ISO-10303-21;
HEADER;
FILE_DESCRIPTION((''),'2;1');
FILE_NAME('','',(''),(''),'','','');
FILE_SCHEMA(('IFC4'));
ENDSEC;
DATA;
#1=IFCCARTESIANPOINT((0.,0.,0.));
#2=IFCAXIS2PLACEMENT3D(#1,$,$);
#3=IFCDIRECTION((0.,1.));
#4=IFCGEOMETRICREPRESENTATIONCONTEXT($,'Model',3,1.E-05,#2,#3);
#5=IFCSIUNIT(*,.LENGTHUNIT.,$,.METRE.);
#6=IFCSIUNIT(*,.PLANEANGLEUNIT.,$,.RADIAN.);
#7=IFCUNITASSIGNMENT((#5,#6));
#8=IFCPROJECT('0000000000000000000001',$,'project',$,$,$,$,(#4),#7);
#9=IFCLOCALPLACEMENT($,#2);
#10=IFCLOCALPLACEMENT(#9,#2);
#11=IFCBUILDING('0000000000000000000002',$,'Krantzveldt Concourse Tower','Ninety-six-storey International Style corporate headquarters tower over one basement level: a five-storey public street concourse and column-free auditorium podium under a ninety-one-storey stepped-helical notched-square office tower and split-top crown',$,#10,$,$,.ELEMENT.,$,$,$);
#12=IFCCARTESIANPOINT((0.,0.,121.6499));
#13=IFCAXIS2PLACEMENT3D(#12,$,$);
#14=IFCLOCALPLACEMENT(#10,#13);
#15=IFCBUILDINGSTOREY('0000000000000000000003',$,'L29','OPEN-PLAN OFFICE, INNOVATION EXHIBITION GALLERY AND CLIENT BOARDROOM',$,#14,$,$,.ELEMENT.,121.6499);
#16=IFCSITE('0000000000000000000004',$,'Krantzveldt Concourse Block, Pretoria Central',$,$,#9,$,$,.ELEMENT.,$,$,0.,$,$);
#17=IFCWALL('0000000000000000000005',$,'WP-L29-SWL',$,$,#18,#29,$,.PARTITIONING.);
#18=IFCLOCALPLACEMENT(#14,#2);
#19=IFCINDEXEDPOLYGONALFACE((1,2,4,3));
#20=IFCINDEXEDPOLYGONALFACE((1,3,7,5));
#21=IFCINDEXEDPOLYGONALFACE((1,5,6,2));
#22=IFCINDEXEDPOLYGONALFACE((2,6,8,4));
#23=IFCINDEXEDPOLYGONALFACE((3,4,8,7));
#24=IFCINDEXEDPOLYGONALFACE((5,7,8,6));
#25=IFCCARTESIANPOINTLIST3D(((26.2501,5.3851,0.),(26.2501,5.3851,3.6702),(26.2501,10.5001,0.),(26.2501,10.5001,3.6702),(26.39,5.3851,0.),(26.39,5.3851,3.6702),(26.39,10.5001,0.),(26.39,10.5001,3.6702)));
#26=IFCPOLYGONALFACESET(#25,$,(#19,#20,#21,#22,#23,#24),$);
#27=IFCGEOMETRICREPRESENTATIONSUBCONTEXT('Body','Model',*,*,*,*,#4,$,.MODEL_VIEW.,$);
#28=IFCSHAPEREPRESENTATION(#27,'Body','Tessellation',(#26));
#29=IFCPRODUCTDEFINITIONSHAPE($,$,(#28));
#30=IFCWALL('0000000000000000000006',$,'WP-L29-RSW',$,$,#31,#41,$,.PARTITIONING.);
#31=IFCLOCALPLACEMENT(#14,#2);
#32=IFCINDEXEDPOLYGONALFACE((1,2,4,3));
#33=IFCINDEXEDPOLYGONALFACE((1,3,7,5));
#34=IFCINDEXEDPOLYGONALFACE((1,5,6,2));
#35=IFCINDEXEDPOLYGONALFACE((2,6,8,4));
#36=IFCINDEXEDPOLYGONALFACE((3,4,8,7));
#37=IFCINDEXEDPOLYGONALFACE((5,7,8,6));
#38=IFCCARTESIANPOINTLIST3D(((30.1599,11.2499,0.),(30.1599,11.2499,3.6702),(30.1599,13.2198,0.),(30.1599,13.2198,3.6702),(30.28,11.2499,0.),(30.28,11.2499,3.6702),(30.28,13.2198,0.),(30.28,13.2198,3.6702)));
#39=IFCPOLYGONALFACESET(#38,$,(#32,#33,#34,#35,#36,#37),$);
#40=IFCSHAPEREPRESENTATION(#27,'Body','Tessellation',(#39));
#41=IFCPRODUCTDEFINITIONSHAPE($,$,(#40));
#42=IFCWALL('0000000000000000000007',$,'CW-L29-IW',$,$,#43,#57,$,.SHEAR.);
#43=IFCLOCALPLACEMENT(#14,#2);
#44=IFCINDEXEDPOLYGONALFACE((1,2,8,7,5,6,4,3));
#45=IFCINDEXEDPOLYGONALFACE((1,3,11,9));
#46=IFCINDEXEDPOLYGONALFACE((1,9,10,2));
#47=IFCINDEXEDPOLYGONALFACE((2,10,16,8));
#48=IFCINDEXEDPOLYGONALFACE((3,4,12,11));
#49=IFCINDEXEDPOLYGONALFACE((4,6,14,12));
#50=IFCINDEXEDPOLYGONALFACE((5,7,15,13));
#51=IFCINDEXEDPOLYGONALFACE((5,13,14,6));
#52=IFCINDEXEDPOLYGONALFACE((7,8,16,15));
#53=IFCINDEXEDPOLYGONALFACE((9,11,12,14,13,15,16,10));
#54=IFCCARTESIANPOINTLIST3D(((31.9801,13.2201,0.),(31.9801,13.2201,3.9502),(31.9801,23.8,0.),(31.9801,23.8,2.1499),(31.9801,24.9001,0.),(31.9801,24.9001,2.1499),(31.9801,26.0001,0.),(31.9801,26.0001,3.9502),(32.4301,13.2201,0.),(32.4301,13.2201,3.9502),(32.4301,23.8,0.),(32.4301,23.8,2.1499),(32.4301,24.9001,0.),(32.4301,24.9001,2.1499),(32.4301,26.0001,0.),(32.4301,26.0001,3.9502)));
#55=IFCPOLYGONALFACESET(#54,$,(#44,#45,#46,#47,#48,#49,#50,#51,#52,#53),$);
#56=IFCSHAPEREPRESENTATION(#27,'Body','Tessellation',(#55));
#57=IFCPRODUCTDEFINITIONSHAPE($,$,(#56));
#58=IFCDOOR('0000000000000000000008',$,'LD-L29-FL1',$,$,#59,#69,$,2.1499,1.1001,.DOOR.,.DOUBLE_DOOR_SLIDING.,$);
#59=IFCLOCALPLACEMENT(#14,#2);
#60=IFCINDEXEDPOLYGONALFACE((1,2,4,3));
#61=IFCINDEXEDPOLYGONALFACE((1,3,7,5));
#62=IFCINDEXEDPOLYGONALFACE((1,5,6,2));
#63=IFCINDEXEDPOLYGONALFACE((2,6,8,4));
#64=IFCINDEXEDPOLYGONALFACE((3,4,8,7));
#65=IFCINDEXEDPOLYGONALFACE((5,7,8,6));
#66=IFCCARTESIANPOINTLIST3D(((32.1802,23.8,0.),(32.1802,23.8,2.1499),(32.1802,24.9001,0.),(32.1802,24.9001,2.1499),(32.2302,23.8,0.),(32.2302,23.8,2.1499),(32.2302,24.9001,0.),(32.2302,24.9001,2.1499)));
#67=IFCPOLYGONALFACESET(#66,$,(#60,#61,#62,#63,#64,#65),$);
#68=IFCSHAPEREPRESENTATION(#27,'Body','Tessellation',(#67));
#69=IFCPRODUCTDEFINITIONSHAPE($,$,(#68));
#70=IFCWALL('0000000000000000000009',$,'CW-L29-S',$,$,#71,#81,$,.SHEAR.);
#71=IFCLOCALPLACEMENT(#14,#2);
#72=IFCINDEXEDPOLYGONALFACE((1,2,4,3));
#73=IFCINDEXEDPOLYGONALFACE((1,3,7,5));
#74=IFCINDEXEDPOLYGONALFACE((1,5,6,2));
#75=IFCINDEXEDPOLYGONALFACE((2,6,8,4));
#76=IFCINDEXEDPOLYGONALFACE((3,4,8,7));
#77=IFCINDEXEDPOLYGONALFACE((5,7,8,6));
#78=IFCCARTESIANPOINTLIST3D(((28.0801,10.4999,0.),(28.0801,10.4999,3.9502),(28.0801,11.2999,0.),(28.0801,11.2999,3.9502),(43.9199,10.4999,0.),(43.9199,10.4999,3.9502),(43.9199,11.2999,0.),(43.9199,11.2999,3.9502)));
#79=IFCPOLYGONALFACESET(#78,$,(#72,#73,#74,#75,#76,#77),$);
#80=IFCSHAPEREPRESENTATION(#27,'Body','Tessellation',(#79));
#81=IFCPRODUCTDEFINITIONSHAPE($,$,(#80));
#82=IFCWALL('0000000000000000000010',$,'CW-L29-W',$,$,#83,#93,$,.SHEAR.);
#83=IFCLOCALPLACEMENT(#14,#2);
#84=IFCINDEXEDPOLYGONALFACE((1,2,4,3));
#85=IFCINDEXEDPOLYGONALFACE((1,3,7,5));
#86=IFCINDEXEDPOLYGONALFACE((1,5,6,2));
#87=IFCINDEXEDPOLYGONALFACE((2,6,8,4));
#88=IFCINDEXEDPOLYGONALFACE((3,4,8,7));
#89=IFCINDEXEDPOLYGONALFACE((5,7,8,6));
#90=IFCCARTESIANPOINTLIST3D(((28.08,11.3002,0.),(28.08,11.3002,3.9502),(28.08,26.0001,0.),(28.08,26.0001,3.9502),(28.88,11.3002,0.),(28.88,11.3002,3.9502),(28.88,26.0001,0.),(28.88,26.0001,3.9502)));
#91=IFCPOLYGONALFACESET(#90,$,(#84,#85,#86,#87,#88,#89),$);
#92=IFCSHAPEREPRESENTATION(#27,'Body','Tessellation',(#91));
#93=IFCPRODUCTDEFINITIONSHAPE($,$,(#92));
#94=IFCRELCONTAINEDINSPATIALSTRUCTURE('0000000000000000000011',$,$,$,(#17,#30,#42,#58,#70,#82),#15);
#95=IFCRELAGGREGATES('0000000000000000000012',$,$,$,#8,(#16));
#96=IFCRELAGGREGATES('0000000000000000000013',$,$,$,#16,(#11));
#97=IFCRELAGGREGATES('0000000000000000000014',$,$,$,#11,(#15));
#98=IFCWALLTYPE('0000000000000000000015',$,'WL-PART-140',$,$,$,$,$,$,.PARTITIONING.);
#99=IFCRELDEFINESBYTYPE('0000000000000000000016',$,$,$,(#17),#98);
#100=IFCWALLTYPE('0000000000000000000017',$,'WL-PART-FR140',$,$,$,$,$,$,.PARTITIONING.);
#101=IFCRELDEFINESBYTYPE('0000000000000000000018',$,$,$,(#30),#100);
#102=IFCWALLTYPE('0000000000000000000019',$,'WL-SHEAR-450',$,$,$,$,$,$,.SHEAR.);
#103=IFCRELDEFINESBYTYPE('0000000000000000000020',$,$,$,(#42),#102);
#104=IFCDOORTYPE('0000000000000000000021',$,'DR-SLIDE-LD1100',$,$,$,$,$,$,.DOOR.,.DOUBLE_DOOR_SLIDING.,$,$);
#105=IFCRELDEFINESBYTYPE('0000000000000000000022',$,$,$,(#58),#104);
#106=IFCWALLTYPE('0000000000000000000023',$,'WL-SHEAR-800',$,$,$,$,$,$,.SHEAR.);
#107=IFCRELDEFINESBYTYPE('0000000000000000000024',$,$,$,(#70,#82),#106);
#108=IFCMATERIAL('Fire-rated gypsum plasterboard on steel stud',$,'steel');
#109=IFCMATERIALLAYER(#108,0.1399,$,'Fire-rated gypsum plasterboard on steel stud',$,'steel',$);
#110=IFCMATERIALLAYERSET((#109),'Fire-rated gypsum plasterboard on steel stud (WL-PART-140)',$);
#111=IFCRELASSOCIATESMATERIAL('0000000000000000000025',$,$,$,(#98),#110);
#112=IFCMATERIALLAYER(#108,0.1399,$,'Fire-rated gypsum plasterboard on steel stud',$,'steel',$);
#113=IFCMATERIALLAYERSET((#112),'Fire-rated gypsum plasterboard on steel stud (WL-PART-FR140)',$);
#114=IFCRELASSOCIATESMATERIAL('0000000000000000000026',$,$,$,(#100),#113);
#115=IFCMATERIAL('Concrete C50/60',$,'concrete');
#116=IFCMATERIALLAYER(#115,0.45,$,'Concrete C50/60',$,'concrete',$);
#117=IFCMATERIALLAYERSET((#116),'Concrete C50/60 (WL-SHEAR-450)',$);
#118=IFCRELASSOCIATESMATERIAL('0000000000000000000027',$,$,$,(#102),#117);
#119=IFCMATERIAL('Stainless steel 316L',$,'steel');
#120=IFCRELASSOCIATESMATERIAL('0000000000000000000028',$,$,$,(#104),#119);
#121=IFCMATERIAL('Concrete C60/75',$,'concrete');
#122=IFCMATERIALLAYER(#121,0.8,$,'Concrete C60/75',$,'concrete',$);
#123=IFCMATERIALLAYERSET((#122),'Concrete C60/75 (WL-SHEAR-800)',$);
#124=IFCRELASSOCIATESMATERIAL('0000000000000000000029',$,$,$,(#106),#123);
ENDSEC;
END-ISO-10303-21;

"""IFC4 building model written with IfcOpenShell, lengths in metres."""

from ifc_helpers import new_model, si_unit, direction, frame, frame_2d, origin, place, context, subcontext, project, spatial, rectangle, extrude, material, layer, layer_set, type_object, element, fill, save


model = new_model("IFC4")

# Units and contexts
model_context = context("Model", 3, precision=1e-05, world=origin(), true_north=direction((0.0, 1.0)))
body_context = subcontext(model_context, "Body", "Model", "MODEL_VIEW")
ifc_project = project(units=[si_unit("LENGTHUNIT", "METRE"), si_unit("PLANEANGLEUNIT", "RADIAN")], contexts=[model_context])

# Site, building, storey
site_placement = place(None, origin())
site = spatial("IfcSite", under=ifc_project, at=site_placement, Name="Krantzveldt Concourse Block, Pretoria Central", CompositionType="ELEMENT", RefElevation=0.0)
building_placement = place(site_placement, origin())
building = spatial("IfcBuilding", under=site, at=building_placement, Name="Krantzveldt Concourse Tower", Description="Ninety-six-storey International Style corporate headquarters tower over one basement level: a five-storey public street concourse and column-free auditorium podium under a ninety-one-storey stepped-helical notched-square office tower and split-top crown", CompositionType="ELEMENT")
storey_placement = place(building_placement, frame((0.0, 0.0, 121.6499)))
storey = spatial("IfcBuildingStorey", under=building, at=storey_placement, Name="L29", Description="OPEN-PLAN OFFICE, INNOVATION EXHIBITION GALLERY AND CLIENT BOARDROOM", CompositionType="ELEMENT", Elevation=121.6499)

# Shared definitions
ifc_material_1 = material(Name="Fire-rated gypsum plasterboard on steel stud", Category="steel")

# Shared definitions
ifc_layer_1 = layer(ifc_material_1, 0.1399, Name="Fire-rated gypsum plasterboard on steel stud", Category="steel")
ifc_layer_set_1 = layer_set([ifc_layer_1], Name="Fire-rated gypsum plasterboard on steel stud (WL-PART-140)")
wall_type_1 = type_object("IfcWallType", Name="WL-PART-140", PredefinedType="PARTITIONING", material=ifc_layer_set_1)

# Walls
wall_1_placement = place(storey_placement, frame((26.3201, 5.385, 0.0), z_axis=(0.0, 0.0, 1.0), x_axis=(0.0, 1.0, 0.0)))
element("IfcWall", 1, at=wall_1_placement, inside=storey, type_object=wall_type_1, Name="WP-L29-SWL", PredefinedType="PARTITIONING", context=body_context, shape_type="SweptSolid", body=[
    extrude(rectangle(XDim=5.115, YDim=0.1399, at=frame_2d((2.5576, 0.0))), origin(), (0.0, 0.0, 1.0), 3.6702),
])
ifc_layer_2 = layer(ifc_material_1, 0.1399, Name="Fire-rated gypsum plasterboard on steel stud", Category="steel")
ifc_layer_set_2 = layer_set([ifc_layer_2], Name="Fire-rated gypsum plasterboard on steel stud (WL-PART-FR140)")
wall_type_2 = type_object("IfcWallType", Name="WL-PART-FR140", PredefinedType="PARTITIONING", material=ifc_layer_set_2)
wall_2_placement = place(storey_placement, frame((30.22, 11.25, 0.0), z_axis=(0.0, 0.0, 1.0), x_axis=(0.0, 1.0, 0.0)))
element("IfcWall", 2, at=wall_2_placement, inside=storey, type_object=wall_type_2, Name="WP-L29-RSW", PredefinedType="PARTITIONING", context=body_context, shape_type="SweptSolid", body=[
    extrude(rectangle(XDim=1.97, YDim=0.1201, at=frame_2d((0.9849, 0.0))), origin(), (0.0, 0.0, 1.0), 3.6702),
])

# Wall, opening, door
ifc_material_2 = material(Name="Concrete C50/60", Category="concrete")
ifc_layer_3 = layer(ifc_material_2, 0.45, Name="Concrete C50/60", Category="concrete")
ifc_layer_set_3 = layer_set([ifc_layer_3], Name="Concrete C50/60 (WL-SHEAR-450)")
wall_type_3 = type_object("IfcWallType", Name="WL-SHEAR-450", PredefinedType="SHEAR", material=ifc_layer_set_3)
wall_3_placement = place(storey_placement, frame((32.2051, 13.22, 0.0), z_axis=(0.0, 0.0, 1.0), x_axis=(0.0, 1.0, 0.0)))
wall_3 = element("IfcWall", 3, at=wall_3_placement, inside=storey, type_object=wall_type_3, Name="CW-L29-IW", PredefinedType="SHEAR", context=body_context, shape_type="SweptSolid", body=[
    extrude(rectangle(XDim=12.78, YDim=0.45, at=frame_2d((6.3901, 0.0))), origin(), (0.0, 0.0, 1.0), 3.9502),
])
opening_1_placement = place(wall_3_placement, frame((10.5801, 0.0, 0.0)))
opening_1 = element("IfcOpeningElement", 4, at=opening_1_placement, cuts=wall_3, PredefinedType="OPENING", context=body_context, shape_type="SweptSolid", body=[
    extrude(rectangle(XDim=1.1001, YDim=2.1499, at=frame_2d((0.55, 1.075))), frame((0.0, 0.2349, 0.0), z_axis=(0.0, -1.0, 0.0), x_axis=(1.0, 0.0, 0.0)), (0.0, 0.0, 1.0), 0.47),
])
ifc_material_3 = material(Name="Stainless steel 316L", Category="steel")
door_type_1 = type_object("IfcDoorType", Name="DR-SLIDE-LD1100", OperationType="DOUBLE_DOOR_SLIDING", PredefinedType="DOOR", material=ifc_material_3)
door_1_placement = place(opening_1_placement, origin())
door_1 = element("IfcDoor", 5, at=door_1_placement, inside=storey, type_object=door_type_1, Name="LD-L29-FL1", OperationType="DOUBLE_DOOR_SLIDING", OverallHeight=2.1499, OverallWidth=1.1001, PredefinedType="DOOR", context=body_context, shape_type="SweptSolid", body=[
    extrude(rectangle(XDim=1.1001, YDim=2.1499, at=frame_2d((0.55, 1.075))), frame((0.0, 0.0249, 0.0), z_axis=(0.0, -1.0, 0.0), x_axis=(1.0, 0.0, 0.0)), (0.0, 0.0, 1.0), 0.05),
])
fill(opening_1, door_1)

# Walls
ifc_material_4 = material(Name="Concrete C60/75", Category="concrete")
ifc_layer_4 = layer(ifc_material_4, 0.8, Name="Concrete C60/75", Category="concrete")
ifc_layer_set_4 = layer_set([ifc_layer_4], Name="Concrete C60/75 (WL-SHEAR-800)")
wall_type_4 = type_object("IfcWallType", Name="WL-SHEAR-800", PredefinedType="SHEAR", material=ifc_layer_set_4)
wall_4_placement = place(storey_placement, frame((28.0801, 10.8999, 0.0), z_axis=(0.0, 0.0, 1.0), x_axis=(1.0, 0.0, 0.0)))
element("IfcWall", 6, at=wall_4_placement, inside=storey, type_object=wall_type_4, Name="CW-L29-S", PredefinedType="SHEAR", context=body_context, shape_type="SweptSolid", body=[
    extrude(rectangle(XDim=15.8398, YDim=0.8, at=frame_2d((7.9199, 0.0))), origin(), (0.0, 0.0, 1.0), 3.9502),
])
wall_5_placement = place(storey_placement, frame((28.48, 11.3, 0.0), z_axis=(0.0, 0.0, 1.0), x_axis=(0.0, 1.0, 0.0)))
element("IfcWall", 7, at=wall_5_placement, inside=storey, type_object=wall_type_4, Name="CW-L29-W", PredefinedType="SHEAR", context=body_context, shape_type="SweptSolid", body=[
    extrude(rectangle(XDim=14.7, YDim=0.8, at=frame_2d((7.3501, 0.0))), origin(), (0.0, 0.0, 1.0), 3.9502),
])

save(model, "model.ifc")
